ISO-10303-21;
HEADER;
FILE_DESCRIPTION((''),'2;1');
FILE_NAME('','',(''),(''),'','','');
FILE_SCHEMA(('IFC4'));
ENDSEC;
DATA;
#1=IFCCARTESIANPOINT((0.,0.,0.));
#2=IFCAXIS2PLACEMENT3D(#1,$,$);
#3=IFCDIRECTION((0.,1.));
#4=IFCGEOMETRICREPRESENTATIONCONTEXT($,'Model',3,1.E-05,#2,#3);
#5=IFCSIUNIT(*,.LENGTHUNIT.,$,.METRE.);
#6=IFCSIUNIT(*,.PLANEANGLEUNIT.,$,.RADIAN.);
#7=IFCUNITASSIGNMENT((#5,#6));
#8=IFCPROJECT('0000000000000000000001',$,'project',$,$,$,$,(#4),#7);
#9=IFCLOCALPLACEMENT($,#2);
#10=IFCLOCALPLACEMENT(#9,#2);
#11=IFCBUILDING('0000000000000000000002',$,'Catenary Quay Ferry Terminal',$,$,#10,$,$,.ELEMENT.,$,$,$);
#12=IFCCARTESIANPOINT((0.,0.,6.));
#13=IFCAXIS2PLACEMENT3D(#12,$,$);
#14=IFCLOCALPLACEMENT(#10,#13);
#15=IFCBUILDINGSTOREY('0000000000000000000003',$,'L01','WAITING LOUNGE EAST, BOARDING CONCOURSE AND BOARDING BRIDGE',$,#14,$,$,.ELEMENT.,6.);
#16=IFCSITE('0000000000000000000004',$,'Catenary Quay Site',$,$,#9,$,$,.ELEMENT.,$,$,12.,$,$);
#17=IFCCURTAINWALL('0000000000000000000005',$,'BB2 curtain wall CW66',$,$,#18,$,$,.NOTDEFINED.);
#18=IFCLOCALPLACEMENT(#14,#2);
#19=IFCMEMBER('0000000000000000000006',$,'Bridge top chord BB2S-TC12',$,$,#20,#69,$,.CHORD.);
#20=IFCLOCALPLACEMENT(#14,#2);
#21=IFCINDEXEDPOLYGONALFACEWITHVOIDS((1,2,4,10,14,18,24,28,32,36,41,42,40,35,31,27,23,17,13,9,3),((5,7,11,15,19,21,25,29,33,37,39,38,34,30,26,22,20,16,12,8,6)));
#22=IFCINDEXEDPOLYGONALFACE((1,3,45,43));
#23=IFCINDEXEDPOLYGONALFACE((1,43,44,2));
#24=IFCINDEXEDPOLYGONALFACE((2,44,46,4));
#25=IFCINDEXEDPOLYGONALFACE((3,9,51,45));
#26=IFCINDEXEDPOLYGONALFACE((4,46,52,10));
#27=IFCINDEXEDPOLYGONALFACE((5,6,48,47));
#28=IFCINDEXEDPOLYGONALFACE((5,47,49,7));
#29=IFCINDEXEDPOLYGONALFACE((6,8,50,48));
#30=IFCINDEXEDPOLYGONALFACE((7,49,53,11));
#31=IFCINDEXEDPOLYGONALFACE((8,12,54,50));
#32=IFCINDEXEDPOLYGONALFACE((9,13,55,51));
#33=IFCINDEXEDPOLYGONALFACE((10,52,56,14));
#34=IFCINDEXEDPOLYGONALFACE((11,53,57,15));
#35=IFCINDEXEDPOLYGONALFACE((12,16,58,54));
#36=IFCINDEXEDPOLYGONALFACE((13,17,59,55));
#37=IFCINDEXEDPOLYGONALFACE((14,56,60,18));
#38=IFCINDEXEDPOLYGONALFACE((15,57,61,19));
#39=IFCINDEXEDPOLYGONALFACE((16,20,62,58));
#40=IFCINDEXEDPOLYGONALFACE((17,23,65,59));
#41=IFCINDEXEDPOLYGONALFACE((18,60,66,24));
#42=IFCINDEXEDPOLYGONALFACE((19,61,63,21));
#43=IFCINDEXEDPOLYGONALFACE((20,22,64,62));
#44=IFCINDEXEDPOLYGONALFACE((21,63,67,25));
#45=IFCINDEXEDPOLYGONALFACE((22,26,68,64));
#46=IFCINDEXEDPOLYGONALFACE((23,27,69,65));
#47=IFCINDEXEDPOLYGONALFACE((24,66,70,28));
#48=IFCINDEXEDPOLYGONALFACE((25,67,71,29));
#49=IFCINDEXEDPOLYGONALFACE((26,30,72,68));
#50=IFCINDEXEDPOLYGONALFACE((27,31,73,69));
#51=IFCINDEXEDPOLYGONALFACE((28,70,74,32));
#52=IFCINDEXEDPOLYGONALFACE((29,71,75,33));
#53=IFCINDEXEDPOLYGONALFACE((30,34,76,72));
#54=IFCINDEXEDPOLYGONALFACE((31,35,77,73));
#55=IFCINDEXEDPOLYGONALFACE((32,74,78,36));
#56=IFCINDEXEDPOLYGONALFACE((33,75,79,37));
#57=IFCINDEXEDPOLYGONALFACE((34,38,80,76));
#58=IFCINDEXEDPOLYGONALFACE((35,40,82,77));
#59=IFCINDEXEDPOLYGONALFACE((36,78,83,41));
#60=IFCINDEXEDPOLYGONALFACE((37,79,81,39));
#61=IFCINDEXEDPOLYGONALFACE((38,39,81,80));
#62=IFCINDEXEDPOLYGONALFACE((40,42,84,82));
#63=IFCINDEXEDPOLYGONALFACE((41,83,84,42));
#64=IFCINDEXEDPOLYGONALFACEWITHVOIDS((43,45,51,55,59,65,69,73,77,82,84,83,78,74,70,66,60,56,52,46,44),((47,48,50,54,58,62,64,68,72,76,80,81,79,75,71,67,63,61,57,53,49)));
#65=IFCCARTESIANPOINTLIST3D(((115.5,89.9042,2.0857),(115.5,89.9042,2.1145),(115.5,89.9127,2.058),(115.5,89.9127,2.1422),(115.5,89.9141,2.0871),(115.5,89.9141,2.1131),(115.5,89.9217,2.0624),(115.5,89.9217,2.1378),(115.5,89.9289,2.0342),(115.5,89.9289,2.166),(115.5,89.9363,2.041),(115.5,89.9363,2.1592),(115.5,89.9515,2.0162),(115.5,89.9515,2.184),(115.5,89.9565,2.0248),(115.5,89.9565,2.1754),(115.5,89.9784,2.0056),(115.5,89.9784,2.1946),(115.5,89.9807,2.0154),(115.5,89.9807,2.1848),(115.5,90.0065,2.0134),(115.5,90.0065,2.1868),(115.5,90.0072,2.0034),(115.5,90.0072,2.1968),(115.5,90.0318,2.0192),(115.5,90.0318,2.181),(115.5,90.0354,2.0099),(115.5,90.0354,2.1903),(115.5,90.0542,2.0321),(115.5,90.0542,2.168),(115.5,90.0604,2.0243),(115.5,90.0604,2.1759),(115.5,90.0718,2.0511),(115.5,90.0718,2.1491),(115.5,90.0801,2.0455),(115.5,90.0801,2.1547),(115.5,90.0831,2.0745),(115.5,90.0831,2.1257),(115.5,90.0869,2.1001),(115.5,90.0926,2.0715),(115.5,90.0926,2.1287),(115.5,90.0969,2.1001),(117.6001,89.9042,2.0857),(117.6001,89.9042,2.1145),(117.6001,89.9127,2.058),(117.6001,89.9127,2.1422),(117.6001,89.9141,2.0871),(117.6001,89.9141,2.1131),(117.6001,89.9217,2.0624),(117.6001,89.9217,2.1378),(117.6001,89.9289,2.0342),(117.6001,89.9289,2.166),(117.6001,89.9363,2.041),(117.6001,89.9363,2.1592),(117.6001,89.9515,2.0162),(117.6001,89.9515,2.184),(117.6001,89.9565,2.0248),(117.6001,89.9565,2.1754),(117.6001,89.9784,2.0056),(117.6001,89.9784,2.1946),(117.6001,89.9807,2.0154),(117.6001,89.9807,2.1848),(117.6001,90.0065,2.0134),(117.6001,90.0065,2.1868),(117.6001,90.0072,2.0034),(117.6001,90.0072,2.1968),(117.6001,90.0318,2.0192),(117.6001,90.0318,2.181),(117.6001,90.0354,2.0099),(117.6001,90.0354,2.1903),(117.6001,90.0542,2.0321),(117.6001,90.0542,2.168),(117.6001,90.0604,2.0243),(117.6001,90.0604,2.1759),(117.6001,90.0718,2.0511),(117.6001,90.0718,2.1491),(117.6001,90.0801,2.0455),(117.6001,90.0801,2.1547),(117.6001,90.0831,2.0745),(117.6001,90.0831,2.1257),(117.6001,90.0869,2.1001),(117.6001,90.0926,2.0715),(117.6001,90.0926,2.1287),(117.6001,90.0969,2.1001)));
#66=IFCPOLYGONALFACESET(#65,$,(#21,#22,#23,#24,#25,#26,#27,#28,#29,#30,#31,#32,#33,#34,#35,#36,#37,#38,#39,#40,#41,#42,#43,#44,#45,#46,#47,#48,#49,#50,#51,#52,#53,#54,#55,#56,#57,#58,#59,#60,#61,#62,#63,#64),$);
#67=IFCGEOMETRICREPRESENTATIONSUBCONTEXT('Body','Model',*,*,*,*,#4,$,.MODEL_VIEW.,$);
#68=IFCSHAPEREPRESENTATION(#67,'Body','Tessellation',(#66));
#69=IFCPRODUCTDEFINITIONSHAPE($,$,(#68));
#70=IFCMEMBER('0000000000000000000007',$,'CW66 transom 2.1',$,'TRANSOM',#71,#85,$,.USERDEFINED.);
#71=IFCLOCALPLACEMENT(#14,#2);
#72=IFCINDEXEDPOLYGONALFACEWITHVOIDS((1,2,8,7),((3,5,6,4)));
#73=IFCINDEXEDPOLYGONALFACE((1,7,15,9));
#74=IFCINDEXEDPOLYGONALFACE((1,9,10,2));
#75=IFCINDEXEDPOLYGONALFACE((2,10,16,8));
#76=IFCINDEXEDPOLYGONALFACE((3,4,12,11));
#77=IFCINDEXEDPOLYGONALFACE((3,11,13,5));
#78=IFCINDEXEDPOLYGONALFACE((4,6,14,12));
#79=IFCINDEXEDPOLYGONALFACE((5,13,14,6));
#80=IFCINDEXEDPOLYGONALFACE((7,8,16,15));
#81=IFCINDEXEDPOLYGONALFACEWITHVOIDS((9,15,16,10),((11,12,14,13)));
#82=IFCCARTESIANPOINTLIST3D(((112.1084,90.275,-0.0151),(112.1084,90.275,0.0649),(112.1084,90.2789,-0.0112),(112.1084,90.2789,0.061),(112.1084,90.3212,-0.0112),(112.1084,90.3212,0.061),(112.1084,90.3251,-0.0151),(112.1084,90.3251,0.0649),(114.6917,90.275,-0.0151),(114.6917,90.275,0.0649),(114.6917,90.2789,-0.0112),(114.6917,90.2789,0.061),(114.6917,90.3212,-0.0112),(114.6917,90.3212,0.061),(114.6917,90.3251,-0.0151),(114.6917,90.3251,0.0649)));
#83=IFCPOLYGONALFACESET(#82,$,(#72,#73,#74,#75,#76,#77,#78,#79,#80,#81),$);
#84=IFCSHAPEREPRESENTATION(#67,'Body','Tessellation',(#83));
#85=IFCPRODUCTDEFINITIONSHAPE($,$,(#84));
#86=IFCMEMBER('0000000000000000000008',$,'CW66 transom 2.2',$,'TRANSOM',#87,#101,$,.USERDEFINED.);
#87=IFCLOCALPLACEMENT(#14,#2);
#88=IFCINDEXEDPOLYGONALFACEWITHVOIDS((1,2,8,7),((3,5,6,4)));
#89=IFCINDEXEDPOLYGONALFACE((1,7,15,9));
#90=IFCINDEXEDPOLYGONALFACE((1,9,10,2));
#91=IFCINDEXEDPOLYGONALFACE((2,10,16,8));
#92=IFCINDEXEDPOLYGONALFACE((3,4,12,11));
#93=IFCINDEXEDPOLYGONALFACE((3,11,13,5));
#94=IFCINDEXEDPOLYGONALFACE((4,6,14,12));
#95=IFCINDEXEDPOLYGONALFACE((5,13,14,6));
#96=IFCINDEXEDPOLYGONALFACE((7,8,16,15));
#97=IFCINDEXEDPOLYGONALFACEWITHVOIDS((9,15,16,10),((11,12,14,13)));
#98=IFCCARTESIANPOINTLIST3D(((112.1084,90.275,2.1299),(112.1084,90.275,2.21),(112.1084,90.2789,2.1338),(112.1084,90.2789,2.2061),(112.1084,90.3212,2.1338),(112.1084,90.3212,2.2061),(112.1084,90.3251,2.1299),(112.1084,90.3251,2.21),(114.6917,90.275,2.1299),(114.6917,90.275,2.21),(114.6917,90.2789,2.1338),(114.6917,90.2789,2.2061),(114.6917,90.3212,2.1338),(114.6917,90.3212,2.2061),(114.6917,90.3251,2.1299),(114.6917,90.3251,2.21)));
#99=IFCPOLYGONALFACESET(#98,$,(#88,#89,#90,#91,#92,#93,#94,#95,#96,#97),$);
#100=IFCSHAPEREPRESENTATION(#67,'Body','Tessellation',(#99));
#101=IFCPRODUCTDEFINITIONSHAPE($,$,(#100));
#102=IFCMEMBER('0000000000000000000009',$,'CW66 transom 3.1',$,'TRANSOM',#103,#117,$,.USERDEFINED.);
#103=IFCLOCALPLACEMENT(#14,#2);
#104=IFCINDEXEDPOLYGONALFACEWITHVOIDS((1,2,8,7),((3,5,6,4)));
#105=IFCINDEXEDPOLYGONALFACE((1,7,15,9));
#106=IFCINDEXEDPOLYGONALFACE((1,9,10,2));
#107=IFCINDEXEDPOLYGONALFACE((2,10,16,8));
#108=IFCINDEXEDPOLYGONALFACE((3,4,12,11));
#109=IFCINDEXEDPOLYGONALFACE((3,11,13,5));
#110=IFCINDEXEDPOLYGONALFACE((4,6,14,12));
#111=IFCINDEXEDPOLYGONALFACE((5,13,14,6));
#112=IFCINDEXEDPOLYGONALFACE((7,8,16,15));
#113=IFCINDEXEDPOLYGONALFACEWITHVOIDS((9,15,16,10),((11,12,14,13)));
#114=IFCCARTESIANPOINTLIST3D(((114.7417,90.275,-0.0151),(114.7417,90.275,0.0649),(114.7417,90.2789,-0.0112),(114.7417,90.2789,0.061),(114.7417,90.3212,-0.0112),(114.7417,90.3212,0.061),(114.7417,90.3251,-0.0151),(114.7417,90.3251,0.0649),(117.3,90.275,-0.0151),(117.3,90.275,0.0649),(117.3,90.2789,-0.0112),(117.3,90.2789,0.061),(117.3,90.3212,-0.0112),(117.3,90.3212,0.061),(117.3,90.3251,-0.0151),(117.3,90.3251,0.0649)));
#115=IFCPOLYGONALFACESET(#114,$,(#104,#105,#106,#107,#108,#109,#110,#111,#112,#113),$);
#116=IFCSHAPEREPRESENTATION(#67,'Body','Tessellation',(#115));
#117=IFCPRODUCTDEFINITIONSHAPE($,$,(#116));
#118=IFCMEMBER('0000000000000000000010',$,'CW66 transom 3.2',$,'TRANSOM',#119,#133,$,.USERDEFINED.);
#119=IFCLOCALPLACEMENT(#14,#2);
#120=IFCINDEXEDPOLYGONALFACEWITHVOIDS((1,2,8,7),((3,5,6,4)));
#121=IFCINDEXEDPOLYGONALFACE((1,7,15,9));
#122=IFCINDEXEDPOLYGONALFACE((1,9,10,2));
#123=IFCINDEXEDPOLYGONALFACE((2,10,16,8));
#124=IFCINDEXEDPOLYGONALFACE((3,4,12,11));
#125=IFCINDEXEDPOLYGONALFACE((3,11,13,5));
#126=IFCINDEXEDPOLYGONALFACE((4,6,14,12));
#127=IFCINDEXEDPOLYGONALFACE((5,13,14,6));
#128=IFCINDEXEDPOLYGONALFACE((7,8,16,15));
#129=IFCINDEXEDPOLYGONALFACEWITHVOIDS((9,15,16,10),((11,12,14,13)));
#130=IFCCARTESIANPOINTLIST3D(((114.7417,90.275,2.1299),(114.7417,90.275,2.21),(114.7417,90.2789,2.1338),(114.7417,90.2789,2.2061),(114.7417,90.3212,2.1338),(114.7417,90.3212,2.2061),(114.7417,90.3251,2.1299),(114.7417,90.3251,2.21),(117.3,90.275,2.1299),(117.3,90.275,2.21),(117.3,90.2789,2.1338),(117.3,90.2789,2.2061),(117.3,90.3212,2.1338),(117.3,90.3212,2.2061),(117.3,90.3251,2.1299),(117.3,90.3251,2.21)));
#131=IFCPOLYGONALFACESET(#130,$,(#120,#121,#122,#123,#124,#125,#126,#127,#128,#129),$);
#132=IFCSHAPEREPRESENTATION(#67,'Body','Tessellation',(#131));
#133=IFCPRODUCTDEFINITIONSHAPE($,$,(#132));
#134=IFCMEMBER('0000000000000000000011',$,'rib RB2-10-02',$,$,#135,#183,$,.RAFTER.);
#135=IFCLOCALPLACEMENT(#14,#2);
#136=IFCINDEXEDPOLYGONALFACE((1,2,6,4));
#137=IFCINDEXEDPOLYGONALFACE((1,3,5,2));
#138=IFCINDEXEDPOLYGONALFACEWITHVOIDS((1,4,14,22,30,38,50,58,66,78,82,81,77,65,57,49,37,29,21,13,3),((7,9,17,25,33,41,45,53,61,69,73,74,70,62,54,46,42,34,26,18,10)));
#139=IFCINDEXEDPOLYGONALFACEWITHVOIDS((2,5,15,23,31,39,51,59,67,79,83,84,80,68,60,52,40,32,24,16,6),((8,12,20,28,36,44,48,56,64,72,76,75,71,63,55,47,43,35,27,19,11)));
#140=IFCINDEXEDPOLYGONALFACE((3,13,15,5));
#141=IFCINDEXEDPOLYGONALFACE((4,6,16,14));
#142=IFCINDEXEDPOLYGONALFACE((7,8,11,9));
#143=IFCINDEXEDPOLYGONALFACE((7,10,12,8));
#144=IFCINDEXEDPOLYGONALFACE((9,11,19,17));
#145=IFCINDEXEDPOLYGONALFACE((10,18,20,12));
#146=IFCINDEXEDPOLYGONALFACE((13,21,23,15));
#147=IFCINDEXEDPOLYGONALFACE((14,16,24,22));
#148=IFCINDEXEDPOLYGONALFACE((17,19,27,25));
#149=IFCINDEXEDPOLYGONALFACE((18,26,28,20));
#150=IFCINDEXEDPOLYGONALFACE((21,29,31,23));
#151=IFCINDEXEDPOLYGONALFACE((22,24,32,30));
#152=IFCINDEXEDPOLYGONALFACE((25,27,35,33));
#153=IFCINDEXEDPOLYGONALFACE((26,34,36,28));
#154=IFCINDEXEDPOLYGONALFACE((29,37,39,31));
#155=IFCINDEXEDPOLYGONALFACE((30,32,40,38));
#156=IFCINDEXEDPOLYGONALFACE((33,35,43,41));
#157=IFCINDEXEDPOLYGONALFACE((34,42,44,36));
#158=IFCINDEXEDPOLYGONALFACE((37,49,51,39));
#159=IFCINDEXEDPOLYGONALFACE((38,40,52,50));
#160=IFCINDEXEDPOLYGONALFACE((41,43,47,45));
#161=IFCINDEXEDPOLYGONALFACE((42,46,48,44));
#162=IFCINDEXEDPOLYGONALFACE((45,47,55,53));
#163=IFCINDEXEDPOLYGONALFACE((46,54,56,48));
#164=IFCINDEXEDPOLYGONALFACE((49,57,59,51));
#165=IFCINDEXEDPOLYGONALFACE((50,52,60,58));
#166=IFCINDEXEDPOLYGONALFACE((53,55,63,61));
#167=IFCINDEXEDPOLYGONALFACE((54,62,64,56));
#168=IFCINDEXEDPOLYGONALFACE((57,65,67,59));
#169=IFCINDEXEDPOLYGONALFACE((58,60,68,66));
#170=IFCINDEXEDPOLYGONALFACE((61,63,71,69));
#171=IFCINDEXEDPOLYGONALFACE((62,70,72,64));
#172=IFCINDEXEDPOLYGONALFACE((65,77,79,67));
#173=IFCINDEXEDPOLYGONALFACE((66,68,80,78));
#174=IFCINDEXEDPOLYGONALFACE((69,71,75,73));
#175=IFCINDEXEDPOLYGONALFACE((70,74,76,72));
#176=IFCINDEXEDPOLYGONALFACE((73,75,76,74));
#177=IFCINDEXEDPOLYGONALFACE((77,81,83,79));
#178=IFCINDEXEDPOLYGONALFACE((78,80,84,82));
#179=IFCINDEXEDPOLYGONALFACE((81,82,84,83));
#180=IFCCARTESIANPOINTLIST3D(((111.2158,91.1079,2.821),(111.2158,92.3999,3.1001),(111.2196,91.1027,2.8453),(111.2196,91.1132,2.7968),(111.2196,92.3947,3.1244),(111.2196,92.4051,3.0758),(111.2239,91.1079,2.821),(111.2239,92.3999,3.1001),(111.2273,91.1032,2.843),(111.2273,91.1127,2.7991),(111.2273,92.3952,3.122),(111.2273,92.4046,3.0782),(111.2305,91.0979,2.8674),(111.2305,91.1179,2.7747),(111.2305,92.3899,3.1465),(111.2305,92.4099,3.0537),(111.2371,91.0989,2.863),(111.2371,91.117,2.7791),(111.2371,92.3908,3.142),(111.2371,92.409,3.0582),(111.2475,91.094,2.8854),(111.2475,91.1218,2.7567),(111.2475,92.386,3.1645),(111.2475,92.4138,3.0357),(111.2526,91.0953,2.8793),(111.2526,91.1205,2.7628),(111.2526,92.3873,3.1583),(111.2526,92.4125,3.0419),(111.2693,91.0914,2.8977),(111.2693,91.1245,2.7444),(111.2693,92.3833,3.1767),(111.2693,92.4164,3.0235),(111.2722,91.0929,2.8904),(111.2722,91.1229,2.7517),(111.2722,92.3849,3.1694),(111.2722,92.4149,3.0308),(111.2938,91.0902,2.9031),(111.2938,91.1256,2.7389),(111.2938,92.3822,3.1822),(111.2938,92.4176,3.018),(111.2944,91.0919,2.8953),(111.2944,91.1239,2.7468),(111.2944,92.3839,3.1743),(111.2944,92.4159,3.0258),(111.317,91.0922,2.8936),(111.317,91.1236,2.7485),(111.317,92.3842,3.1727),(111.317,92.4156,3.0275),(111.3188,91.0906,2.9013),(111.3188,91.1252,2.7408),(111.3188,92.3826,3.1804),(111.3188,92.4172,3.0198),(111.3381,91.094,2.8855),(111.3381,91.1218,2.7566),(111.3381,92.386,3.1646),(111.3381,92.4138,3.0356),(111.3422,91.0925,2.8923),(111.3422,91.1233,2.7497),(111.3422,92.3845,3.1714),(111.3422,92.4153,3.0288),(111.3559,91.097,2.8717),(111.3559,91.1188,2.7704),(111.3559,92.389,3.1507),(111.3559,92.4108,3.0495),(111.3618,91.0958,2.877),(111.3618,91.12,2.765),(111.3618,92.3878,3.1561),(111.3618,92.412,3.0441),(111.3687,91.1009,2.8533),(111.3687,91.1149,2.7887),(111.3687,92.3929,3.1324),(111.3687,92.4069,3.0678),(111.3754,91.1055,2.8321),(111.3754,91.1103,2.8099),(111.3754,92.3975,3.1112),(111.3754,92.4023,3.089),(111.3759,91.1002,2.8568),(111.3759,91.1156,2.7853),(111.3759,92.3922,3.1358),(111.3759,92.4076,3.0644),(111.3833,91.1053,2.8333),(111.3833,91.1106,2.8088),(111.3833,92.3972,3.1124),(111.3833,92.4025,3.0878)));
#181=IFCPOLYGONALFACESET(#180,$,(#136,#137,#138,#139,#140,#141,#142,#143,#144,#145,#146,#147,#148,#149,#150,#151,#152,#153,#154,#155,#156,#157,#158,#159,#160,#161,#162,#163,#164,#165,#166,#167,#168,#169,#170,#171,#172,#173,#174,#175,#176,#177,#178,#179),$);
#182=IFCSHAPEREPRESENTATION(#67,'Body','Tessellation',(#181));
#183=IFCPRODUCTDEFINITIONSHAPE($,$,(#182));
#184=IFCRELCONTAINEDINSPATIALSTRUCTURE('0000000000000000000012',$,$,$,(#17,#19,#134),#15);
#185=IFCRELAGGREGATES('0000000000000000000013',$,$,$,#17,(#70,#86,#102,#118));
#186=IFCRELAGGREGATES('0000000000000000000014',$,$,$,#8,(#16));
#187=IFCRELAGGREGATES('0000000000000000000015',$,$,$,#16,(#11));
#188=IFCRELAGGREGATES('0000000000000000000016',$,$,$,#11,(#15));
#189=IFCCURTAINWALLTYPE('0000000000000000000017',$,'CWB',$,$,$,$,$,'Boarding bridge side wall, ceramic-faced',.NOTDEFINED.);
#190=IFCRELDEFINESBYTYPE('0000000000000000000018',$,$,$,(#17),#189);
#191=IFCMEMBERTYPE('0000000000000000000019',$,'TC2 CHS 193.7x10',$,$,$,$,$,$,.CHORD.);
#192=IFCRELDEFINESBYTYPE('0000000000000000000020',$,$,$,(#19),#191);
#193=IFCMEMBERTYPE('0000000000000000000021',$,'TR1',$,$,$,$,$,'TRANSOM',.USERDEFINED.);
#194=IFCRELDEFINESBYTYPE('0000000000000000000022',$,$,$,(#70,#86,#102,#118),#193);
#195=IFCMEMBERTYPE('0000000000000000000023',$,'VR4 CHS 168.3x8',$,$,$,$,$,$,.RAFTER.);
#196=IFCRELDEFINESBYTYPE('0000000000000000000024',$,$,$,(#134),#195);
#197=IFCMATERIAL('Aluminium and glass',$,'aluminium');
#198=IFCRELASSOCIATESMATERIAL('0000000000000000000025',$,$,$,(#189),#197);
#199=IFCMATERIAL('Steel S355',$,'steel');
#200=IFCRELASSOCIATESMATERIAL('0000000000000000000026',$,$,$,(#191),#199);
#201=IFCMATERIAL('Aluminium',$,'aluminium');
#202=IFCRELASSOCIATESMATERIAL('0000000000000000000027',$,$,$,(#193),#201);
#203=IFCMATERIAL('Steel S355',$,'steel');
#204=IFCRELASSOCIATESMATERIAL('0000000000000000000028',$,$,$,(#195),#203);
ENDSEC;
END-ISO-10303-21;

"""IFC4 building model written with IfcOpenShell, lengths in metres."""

from ifc_helpers import new_model, si_unit, direction, frame, origin, origin_2d, place, context, subcontext, project, spatial, hollow_rectangle, hollow_circle, extrude, material, material_profile, profile_set, type_object, element, aggregate, save


model = new_model("IFC4")

# Units and contexts
model_context = context("Model", 3, precision=1e-05, world=origin(), true_north=direction((0.0, 1.0)))
body_context = subcontext(model_context, "Body", "Model", "MODEL_VIEW")
ifc_project = project(units=[si_unit("LENGTHUNIT", "METRE"), si_unit("PLANEANGLEUNIT", "RADIAN")], contexts=[model_context])

# Site, building, storey
site_placement = place(None, origin())
site = spatial("IfcSite", under=ifc_project, at=site_placement, Name="Catenary Quay Site", CompositionType="ELEMENT", RefElevation=12.0)
building_placement = place(site_placement, origin())
building = spatial("IfcBuilding", under=site, at=building_placement, Name="Catenary Quay Ferry Terminal", CompositionType="ELEMENT")
storey_placement = place(building_placement, frame((0.0, 0.0, 6.0)))
storey = spatial("IfcBuildingStorey", under=building, at=storey_placement, Name="L01", Description="WAITING LOUNGE EAST, BOARDING CONCOURSE AND BOARDING BRIDGE", CompositionType="ELEMENT", Elevation=6.0)

# Curtain wall
ifc_material_1 = material(Name="Aluminium and glass", Category="aluminium")
curtain_wall_type = type_object("IfcCurtainWallType", Name="CWB", ElementType="Boarding bridge side wall, ceramic-faced", PredefinedType="NOTDEFINED", material=ifc_material_1)
curtain_wall_placement = place(storey_placement, origin())
curtain_wall = element("IfcCurtainWall", 1, at=curtain_wall_placement, inside=storey, type_object=curtain_wall_type, Name="BB2 curtain wall CW66", PredefinedType="NOTDEFINED")

# Member
ifc_material_2 = material(Name="Steel S355", Category="steel")
ifc_material_profile_1 = material_profile(ifc_material_2, hollow_circle(Radius=0.0969, WallThickness=0.01, at=origin_2d()), Name="CHS 193.7x10")
ifc_profile_set_1 = profile_set([ifc_material_profile_1], Name="Steel S355")
member_type_1 = type_object("IfcMemberType", Name="TC2 CHS 193.7x10", PredefinedType="CHORD", material=ifc_profile_set_1)
for number, where, z_axis, x_axis, name in (
    (2, (115.5, 90.0, 2.1001), (1.0, 0.0, 0.0), (0.0, 1.0, 0.0), "Bridge top chord BB2S-TC12"),
):
    element("IfcMember", number, at=place(storey_placement, frame(where, z_axis=z_axis, x_axis=x_axis)), inside=storey, type_object=member_type_1, Name=name, PredefinedType="CHORD", context=body_context, shape_type="SweptSolid", body=[
        extrude(hollow_circle(Radius=0.0969, WallThickness=0.01, at=origin_2d()), origin(), (0.0, 0.0, 1.0), 2.1001),
    ])

# Members
ifc_material_3 = material(Name="Aluminium", Category="aluminium")
ifc_material_profile_2 = material_profile(ifc_material_3, hollow_rectangle(XDim=0.05, YDim=0.0801, WallThickness=0.0039, at=origin_2d()), Name="TR1")
ifc_profile_set_2 = profile_set([ifc_material_profile_2], Name="Aluminium")
member_type_2 = type_object("IfcMemberType", Name="TR1", ElementType="TRANSOM", PredefinedType="USERDEFINED", material=ifc_profile_set_2)
member_1_placement = place(storey_placement, frame((112.1084, 90.3, 0.0249), z_axis=(1.0, 0.0, 0.0), x_axis=(0.0, 1.0, 0.0)))
member_1 = element("IfcMember", 3, at=member_1_placement, type_object=member_type_2, Name="CW66 transom 2.1", ObjectType="TRANSOM", PredefinedType="USERDEFINED", context=body_context, shape_type="SweptSolid", body=[
    extrude(hollow_rectangle(XDim=0.05, YDim=0.0801, WallThickness=0.0039, at=origin_2d()), origin(), (0.0, 0.0, 1.0), 2.5833),
])
member_2_placement = place(storey_placement, frame((112.1084, 90.3, 2.1699), z_axis=(1.0, 0.0, 0.0), x_axis=(0.0, 1.0, 0.0)))
member_2 = element("IfcMember", 4, at=member_2_placement, type_object=member_type_2, Name="CW66 transom 2.2", ObjectType="TRANSOM", PredefinedType="USERDEFINED", context=body_context, shape_type="SweptSolid", body=[
    extrude(hollow_rectangle(XDim=0.05, YDim=0.0801, WallThickness=0.0039, at=origin_2d()), origin(), (0.0, 0.0, 1.0), 2.5833),
])
member_3_placement = place(storey_placement, frame((114.7417, 90.3, 0.0249), z_axis=(1.0, 0.0, 0.0), x_axis=(0.0, 1.0, 0.0)))
member_3 = element("IfcMember", 5, at=member_3_placement, type_object=member_type_2, Name="CW66 transom 3.1", ObjectType="TRANSOM", PredefinedType="USERDEFINED", context=body_context, shape_type="SweptSolid", body=[
    extrude(hollow_rectangle(XDim=0.05, YDim=0.0801, WallThickness=0.0039, at=origin_2d()), origin(), (0.0, 0.0, 1.0), 2.5583),
])
member_4_placement = place(storey_placement, frame((114.7417, 90.3, 2.1699), z_axis=(1.0, 0.0, 0.0), x_axis=(0.0, 1.0, 0.0)))
member_4 = element("IfcMember", 6, at=member_4_placement, type_object=member_type_2, Name="CW66 transom 3.2", ObjectType="TRANSOM", PredefinedType="USERDEFINED", context=body_context, shape_type="SweptSolid", body=[
    extrude(hollow_rectangle(XDim=0.05, YDim=0.0801, WallThickness=0.0039, at=origin_2d()), origin(), (0.0, 0.0, 1.0), 2.5583),
])

# Member
ifc_material_4 = material(Name="Steel S355", Category="steel")
ifc_material_profile_3 = material_profile(ifc_material_4, hollow_circle(Radius=0.0842, WallThickness=0.0081, at=origin_2d()), Name="CHS 168.3x8")
ifc_profile_set_3 = profile_set([ifc_material_profile_3], Name="Steel S355")
member_type_3 = type_object("IfcMemberType", Name="VR4 CHS 168.3x8", PredefinedType="RAFTER", material=ifc_profile_set_3)
for number, where, z_axis, x_axis, name in (
    (7, (111.3, 91.1079, 2.821), (0.0, 0.977461, 0.211118), (-1.0, 0.0, 0.0), "rib RB2-10-02"),
):
    element("IfcMember", number, at=place(storey_placement, frame(where, z_axis=z_axis, x_axis=x_axis)), inside=storey, type_object=member_type_3, Name=name, PredefinedType="RAFTER", context=body_context, shape_type="SweptSolid", body=[
        extrude(hollow_circle(Radius=0.0842, WallThickness=0.0081, at=origin_2d()), origin(), (0.0, 0.0, 1.0), 1.3218),
    ])

aggregate(curtain_wall, [member_1, member_2, member_3, member_4])

save(model, "model.ifc")
